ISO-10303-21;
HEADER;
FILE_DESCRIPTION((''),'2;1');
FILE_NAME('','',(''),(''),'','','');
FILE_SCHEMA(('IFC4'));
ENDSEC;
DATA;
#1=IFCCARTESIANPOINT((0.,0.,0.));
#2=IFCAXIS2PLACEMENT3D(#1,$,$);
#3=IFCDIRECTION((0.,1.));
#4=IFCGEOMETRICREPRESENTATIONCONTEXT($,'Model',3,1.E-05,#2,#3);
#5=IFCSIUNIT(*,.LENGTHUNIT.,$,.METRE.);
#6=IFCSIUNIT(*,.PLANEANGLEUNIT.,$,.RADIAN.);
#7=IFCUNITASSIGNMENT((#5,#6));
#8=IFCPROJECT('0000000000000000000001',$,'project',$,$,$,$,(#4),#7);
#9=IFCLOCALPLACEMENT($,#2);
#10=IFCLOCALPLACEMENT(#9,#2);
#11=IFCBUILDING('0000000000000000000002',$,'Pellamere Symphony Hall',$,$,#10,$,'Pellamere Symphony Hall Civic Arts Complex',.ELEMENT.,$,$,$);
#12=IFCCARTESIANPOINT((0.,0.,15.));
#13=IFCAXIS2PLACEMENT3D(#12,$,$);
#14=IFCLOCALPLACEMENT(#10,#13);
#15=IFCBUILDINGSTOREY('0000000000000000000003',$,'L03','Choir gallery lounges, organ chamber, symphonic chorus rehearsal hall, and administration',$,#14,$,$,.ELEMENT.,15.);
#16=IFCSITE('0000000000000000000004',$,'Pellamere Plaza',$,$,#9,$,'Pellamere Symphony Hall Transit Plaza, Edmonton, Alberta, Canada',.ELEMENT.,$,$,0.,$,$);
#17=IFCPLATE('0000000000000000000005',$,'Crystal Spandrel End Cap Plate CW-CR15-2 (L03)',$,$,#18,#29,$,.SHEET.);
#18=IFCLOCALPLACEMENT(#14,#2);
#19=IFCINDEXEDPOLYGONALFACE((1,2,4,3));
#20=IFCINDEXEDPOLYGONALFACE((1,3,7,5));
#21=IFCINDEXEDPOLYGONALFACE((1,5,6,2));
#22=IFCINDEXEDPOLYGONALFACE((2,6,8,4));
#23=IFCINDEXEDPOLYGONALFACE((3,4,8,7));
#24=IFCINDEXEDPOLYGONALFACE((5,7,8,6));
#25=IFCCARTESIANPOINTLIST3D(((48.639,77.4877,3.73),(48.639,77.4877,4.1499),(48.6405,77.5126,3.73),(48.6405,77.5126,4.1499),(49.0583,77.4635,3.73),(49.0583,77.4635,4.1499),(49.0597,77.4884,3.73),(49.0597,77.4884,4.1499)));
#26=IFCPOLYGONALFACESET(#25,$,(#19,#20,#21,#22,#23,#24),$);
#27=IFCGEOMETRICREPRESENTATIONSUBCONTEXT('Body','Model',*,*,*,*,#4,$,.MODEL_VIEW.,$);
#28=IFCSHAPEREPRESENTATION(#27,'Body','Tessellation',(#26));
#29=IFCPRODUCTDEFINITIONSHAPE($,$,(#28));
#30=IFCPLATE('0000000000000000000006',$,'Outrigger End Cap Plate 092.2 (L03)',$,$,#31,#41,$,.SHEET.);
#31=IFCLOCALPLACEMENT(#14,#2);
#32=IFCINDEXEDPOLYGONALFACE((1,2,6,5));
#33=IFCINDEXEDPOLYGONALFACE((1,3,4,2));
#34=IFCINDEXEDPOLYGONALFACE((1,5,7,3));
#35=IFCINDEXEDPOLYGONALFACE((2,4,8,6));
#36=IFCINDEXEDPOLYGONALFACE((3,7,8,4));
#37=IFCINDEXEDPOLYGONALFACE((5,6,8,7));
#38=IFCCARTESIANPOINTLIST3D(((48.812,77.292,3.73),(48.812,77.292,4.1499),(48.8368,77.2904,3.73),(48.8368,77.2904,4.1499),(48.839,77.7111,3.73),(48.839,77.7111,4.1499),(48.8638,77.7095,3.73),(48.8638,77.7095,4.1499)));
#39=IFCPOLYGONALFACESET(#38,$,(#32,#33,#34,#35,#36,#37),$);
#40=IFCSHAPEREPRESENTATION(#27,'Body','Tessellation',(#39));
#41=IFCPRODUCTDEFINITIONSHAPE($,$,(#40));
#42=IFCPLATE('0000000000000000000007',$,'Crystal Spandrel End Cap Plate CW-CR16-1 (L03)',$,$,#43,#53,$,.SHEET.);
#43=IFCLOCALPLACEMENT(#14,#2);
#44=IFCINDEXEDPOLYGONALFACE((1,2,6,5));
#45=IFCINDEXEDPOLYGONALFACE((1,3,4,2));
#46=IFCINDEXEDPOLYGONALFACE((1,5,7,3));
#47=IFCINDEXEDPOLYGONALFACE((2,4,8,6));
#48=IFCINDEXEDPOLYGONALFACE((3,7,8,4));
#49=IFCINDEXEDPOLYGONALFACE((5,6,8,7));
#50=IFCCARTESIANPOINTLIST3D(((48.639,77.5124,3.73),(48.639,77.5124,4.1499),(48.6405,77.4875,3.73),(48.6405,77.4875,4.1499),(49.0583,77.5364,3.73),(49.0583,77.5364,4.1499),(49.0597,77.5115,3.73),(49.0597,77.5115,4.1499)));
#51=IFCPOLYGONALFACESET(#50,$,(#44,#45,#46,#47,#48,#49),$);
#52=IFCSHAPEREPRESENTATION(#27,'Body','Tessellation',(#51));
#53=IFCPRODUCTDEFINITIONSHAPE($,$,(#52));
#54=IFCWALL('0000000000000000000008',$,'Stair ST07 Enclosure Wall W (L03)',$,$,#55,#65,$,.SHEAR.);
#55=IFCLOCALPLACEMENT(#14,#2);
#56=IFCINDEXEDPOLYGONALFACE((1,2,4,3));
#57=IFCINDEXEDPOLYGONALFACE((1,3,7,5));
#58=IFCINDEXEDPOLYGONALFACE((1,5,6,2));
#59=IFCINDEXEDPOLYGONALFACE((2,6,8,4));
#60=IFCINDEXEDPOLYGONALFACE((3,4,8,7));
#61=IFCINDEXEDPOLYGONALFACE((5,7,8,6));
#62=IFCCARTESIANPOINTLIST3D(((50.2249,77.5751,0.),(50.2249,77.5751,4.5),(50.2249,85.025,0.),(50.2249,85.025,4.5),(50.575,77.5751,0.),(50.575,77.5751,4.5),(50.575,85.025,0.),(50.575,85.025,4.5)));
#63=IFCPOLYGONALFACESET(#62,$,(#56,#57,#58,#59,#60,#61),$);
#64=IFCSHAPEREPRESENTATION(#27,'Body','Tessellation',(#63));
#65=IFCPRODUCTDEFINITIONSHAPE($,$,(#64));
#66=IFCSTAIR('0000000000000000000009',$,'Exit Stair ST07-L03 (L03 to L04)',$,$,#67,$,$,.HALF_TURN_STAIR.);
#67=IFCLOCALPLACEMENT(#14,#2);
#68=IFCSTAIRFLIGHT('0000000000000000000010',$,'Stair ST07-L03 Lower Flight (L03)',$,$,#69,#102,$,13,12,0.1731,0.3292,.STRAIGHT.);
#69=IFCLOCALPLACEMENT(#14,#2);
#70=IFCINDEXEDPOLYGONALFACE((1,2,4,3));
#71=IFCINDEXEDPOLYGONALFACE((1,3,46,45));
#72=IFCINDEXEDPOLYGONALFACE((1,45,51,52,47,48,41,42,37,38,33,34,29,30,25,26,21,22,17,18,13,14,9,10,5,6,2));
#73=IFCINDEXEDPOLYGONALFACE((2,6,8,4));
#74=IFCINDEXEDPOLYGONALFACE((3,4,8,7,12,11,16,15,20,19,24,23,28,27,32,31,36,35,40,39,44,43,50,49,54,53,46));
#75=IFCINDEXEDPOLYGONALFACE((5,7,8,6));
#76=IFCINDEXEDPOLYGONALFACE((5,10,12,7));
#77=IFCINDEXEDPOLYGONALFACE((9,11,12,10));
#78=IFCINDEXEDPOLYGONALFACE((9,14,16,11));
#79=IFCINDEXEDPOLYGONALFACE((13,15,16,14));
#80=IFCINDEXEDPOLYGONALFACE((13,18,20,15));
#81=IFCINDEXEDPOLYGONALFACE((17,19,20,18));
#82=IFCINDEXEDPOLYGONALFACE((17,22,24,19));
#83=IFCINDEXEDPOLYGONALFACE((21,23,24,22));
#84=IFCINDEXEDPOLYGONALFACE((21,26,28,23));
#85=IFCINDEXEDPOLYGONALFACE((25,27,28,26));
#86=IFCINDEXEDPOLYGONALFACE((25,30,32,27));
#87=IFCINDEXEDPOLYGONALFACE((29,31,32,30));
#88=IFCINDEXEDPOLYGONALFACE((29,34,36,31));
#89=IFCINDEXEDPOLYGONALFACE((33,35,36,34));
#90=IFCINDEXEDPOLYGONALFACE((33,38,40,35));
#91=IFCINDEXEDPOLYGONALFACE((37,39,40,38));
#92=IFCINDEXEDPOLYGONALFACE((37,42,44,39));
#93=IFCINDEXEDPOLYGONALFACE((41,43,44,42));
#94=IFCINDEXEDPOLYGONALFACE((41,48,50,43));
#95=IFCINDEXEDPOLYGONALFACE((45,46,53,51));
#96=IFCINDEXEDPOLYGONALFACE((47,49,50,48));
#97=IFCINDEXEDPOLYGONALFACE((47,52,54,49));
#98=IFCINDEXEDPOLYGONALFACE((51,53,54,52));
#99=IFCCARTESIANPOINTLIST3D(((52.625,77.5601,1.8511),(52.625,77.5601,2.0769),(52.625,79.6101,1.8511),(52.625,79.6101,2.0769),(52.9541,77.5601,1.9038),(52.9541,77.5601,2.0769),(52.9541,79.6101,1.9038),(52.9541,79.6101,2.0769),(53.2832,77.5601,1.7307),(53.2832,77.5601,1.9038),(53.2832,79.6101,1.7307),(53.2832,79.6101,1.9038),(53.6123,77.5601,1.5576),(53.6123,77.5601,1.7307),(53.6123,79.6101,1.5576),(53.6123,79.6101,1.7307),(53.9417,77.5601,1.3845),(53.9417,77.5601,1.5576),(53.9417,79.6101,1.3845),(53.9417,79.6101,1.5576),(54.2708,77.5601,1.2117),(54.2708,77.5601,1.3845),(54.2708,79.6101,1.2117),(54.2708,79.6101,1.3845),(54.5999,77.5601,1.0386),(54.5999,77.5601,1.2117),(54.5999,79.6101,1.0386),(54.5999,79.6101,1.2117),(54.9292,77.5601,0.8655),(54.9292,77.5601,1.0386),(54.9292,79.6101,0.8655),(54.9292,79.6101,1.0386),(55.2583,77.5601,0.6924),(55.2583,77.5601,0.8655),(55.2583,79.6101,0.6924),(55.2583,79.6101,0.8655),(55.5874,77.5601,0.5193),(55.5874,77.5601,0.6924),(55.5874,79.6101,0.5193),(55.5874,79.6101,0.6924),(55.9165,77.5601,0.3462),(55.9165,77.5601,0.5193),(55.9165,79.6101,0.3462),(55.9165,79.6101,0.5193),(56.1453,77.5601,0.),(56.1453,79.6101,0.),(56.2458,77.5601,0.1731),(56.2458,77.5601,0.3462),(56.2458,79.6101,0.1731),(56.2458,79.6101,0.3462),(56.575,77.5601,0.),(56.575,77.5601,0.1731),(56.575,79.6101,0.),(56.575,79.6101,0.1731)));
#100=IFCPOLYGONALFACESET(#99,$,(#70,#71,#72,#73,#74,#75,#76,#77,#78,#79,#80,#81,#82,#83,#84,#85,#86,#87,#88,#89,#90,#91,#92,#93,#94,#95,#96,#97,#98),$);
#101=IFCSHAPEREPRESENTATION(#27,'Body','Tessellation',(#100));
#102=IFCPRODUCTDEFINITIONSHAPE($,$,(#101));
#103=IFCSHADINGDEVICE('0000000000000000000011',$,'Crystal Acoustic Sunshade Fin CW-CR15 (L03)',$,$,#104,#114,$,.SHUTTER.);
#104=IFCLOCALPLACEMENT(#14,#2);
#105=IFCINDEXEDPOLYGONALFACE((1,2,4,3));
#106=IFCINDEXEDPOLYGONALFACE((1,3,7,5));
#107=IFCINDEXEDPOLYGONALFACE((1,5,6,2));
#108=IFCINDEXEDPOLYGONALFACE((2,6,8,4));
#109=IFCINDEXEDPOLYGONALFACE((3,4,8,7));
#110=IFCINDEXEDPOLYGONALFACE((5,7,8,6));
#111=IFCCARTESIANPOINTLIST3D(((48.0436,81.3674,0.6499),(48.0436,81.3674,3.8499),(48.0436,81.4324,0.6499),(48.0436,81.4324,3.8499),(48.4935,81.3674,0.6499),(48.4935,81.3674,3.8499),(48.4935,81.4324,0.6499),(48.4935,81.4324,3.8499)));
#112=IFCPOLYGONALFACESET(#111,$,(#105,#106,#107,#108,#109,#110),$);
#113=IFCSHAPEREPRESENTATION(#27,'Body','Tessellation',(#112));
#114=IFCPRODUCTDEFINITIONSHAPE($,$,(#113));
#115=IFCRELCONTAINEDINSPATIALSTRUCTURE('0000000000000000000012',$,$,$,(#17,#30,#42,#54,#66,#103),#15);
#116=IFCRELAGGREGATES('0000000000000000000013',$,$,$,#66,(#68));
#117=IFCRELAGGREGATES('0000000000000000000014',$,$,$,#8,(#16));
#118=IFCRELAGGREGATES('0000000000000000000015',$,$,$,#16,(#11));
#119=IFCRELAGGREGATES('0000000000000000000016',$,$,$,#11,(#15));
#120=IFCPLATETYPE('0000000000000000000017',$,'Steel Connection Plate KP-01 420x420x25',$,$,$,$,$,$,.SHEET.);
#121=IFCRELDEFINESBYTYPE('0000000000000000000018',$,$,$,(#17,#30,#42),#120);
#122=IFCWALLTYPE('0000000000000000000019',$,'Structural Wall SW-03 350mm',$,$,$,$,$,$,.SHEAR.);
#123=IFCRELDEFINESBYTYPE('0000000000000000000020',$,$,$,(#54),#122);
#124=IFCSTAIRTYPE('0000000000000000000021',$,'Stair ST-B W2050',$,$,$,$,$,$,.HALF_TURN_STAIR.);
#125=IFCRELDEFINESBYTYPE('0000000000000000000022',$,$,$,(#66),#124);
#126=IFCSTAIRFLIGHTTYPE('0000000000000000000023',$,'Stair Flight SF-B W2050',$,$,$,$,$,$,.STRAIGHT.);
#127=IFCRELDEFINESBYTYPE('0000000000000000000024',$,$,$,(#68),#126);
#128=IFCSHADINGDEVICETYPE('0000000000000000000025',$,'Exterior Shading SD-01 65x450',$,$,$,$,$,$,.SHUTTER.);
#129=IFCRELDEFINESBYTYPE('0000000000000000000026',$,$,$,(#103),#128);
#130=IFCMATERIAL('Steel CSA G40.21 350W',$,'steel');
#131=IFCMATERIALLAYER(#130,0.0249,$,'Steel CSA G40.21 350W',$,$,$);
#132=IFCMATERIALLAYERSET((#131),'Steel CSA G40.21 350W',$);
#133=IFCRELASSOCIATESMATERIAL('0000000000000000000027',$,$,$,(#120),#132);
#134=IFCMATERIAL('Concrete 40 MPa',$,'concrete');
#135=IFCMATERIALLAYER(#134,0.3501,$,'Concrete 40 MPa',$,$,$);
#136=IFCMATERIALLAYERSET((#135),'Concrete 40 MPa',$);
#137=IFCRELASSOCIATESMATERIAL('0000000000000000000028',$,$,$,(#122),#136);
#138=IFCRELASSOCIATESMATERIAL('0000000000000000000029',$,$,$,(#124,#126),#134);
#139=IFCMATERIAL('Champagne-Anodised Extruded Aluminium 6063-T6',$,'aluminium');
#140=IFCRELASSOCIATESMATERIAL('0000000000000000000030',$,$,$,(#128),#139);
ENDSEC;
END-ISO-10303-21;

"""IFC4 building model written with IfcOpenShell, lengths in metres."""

from ifc_helpers import new_model, si_unit, direction, frame, frame_2d, origin, origin_2d, place, context, subcontext, project, spatial, polyline, rectangle, outline, extrude, material, layer, layer_set, type_object, element, aggregate, save


model = new_model("IFC4")

# Units and contexts
model_context = context("Model", 3, precision=1e-05, world=origin(), true_north=direction((0.0, 1.0)))
body_context = subcontext(model_context, "Body", "Model", "MODEL_VIEW")
ifc_project = project(units=[si_unit("LENGTHUNIT", "METRE"), si_unit("PLANEANGLEUNIT", "RADIAN")], contexts=[model_context])

# Site, building, storey
site_placement = place(None, origin())
site = spatial("IfcSite", under=ifc_project, at=site_placement, Name="Pellamere Plaza", LongName="Pellamere Symphony Hall Transit Plaza, Edmonton, Alberta, Canada", CompositionType="ELEMENT", RefElevation=0.0)
building_placement = place(site_placement, origin())
building = spatial("IfcBuilding", under=site, at=building_placement, Name="Pellamere Symphony Hall", LongName="Pellamere Symphony Hall Civic Arts Complex", CompositionType="ELEMENT")
storey_placement = place(building_placement, frame((0.0, 0.0, 15.0)))
storey = spatial("IfcBuildingStorey", under=building, at=storey_placement, Name="L03", Description="Choir gallery lounges, organ chamber, symphonic chorus rehearsal hall, and administration", CompositionType="ELEMENT", Elevation=15.0)

# Shared definitions
ifc_material_1 = material(Name="Steel CSA G40.21 350W", Category="steel")

# Plates
ifc_layer_1 = layer(ifc_material_1, 0.0249, Name="Steel CSA G40.21 350W")
ifc_layer_set_1 = layer_set([ifc_layer_1], Name="Steel CSA G40.21 350W")
plate_type_1 = type_object("IfcPlateType", Name="Steel Connection Plate KP-01 420x420x25", PredefinedType="SHEET", material=ifc_layer_set_1)
for number, where, z_axis, x_axis, name in (
    (1, (48.8494, 77.488, 3.73), (0.0, 0.0, 1.0), (-0.057564, -0.998342, 0.0), "Crystal Spandrel End Cap Plate CW-CR15-2 (L03)"),
    (2, (48.8379, 77.5007, 3.73), (0.0, 0.0, 1.0), (-0.997927, 0.064358, 0.0), "Outrigger End Cap Plate 092.2 (L03)"),
    (3, (48.8494, 77.512, 3.73), (0.0, 0.0, 1.0), (0.057216, -0.998362, 0.0), "Crystal Spandrel End Cap Plate CW-CR16-1 (L03)"),
):
    element("IfcPlate", number, at=place(storey_placement, frame(where, z_axis=z_axis, x_axis=x_axis)), inside=storey, type_object=plate_type_1, Name=name, PredefinedType="SHEET", context=body_context, shape_type="SweptSolid", body=[
        extrude(rectangle(XDim=0.0249, YDim=0.4199, at=origin_2d()), origin(), (0.0, 0.0, 1.0), 0.4199),
    ])

# Wall
ifc_material_2 = material(Name="Concrete 40 MPa", Category="concrete")
ifc_layer_2 = layer(ifc_material_2, 0.3501, Name="Concrete 40 MPa")
ifc_layer_set_2 = layer_set([ifc_layer_2], Name="Concrete 40 MPa")
wall_type = type_object("IfcWallType", Name="Structural Wall SW-03 350mm", PredefinedType="SHEAR", material=ifc_layer_set_2)
wall_placement = place(storey_placement, frame((50.3999, 77.575, 0.0), z_axis=(0.0, 0.0, 1.0), x_axis=(0.0, 1.0, 0.0)))
element("IfcWall", 4, at=wall_placement, inside=storey, type_object=wall_type, Name="Stair ST07 Enclosure Wall W (L03)", PredefinedType="SHEAR", context=body_context, shape_type="SweptSolid", body=[
    extrude(rectangle(XDim=7.45, YDim=0.3501, at=frame_2d((3.7251, 0.0))), origin(), (0.0, 0.0, 1.0), 4.5),
])

# Stair, stair flight
stair_type = type_object("IfcStairType", Name="Stair ST-B W2050", PredefinedType="HALF_TURN_STAIR", material=ifc_material_2)
stair_placement = place(storey_placement, origin())
stair = element("IfcStair", 5, at=stair_placement, inside=storey, type_object=stair_type, Name="Exit Stair ST07-L03 (L03 to L04)", PredefinedType="HALF_TURN_STAIR")
stair_flight_type = type_object("IfcStairFlightType", Name="Stair Flight SF-B W2050", PredefinedType="STRAIGHT", material=ifc_material_2)
stair_flight_placement = place(storey_placement, frame((56.575, 78.585, 0.0), z_axis=(0.0, 0.0, 1.0), x_axis=(-1.0, 0.0, 0.0)))
stair_flight = element("IfcStairFlight", 6, at=stair_flight_placement, type_object=stair_flight_type, Name="Stair ST07-L03 Lower Flight (L03)", NumberOfRisers=13, NumberOfTreads=12, PredefinedType="STRAIGHT", RiserHeight=0.1731, TreadLength=0.3292, context=body_context, shape_type="SweptSolid", body=[
    extrude(outline(polyline([(0.0, 0.0), (0.0, 0.1731), (0.3291, 0.1731), (0.3291, 0.3462), (0.6584, 0.3462), (0.6584, 0.5193), (0.9875, 0.5193), (0.9875, 0.6924), (1.3167, 0.6924), (1.3167, 0.8655), (1.6458, 0.8655), (1.6458, 1.0386), (1.9751, 1.0386), (1.9751, 1.2117), (2.3042, 1.2117), (2.3042, 1.3845), (2.6333, 1.3845), (2.6333, 1.5576), (2.9626, 1.5576), (2.9626, 1.7307), (3.2917, 1.7307), (3.2917, 1.9038), (3.6208, 1.9038), (3.6208, 2.0769), (3.95, 2.0769), (3.95, 2.25), (3.95, 1.8511), (0.4297, 0.0), (0.0, 0.0)])), frame((0.0, 1.0249, 0.0), z_axis=(0.0, -1.0, 0.0), x_axis=(1.0, 0.0, 0.0)), (0.0, 0.0, 1.0), 2.05),
])
aggregate(stair, [stair_flight])

# Shading device
ifc_material_3 = material(Name="Champagne-Anodised Extruded Aluminium 6063-T6", Category="aluminium")
shading_device_type = type_object("IfcShadingDeviceType", Name="Exterior Shading SD-01 65x450", PredefinedType="SHUTTER", material=ifc_material_3)
shading_device_placement = place(storey_placement, frame((48.2686, 81.3999, 0.6499), z_axis=(0.0, 0.0, 1.0), x_axis=(0.0, 1.0, 0.0)))
element("IfcShadingDevice", 7, at=shading_device_placement, inside=storey, type_object=shading_device_type, Name="Crystal Acoustic Sunshade Fin CW-CR15 (L03)", PredefinedType="SHUTTER", context=body_context, shape_type="SweptSolid", body=[
    extrude(rectangle(XDim=0.0649, YDim=0.45, at=origin_2d()), origin(), (0.0, 0.0, 1.0), 3.2),
])

save(model, "model.ifc")
